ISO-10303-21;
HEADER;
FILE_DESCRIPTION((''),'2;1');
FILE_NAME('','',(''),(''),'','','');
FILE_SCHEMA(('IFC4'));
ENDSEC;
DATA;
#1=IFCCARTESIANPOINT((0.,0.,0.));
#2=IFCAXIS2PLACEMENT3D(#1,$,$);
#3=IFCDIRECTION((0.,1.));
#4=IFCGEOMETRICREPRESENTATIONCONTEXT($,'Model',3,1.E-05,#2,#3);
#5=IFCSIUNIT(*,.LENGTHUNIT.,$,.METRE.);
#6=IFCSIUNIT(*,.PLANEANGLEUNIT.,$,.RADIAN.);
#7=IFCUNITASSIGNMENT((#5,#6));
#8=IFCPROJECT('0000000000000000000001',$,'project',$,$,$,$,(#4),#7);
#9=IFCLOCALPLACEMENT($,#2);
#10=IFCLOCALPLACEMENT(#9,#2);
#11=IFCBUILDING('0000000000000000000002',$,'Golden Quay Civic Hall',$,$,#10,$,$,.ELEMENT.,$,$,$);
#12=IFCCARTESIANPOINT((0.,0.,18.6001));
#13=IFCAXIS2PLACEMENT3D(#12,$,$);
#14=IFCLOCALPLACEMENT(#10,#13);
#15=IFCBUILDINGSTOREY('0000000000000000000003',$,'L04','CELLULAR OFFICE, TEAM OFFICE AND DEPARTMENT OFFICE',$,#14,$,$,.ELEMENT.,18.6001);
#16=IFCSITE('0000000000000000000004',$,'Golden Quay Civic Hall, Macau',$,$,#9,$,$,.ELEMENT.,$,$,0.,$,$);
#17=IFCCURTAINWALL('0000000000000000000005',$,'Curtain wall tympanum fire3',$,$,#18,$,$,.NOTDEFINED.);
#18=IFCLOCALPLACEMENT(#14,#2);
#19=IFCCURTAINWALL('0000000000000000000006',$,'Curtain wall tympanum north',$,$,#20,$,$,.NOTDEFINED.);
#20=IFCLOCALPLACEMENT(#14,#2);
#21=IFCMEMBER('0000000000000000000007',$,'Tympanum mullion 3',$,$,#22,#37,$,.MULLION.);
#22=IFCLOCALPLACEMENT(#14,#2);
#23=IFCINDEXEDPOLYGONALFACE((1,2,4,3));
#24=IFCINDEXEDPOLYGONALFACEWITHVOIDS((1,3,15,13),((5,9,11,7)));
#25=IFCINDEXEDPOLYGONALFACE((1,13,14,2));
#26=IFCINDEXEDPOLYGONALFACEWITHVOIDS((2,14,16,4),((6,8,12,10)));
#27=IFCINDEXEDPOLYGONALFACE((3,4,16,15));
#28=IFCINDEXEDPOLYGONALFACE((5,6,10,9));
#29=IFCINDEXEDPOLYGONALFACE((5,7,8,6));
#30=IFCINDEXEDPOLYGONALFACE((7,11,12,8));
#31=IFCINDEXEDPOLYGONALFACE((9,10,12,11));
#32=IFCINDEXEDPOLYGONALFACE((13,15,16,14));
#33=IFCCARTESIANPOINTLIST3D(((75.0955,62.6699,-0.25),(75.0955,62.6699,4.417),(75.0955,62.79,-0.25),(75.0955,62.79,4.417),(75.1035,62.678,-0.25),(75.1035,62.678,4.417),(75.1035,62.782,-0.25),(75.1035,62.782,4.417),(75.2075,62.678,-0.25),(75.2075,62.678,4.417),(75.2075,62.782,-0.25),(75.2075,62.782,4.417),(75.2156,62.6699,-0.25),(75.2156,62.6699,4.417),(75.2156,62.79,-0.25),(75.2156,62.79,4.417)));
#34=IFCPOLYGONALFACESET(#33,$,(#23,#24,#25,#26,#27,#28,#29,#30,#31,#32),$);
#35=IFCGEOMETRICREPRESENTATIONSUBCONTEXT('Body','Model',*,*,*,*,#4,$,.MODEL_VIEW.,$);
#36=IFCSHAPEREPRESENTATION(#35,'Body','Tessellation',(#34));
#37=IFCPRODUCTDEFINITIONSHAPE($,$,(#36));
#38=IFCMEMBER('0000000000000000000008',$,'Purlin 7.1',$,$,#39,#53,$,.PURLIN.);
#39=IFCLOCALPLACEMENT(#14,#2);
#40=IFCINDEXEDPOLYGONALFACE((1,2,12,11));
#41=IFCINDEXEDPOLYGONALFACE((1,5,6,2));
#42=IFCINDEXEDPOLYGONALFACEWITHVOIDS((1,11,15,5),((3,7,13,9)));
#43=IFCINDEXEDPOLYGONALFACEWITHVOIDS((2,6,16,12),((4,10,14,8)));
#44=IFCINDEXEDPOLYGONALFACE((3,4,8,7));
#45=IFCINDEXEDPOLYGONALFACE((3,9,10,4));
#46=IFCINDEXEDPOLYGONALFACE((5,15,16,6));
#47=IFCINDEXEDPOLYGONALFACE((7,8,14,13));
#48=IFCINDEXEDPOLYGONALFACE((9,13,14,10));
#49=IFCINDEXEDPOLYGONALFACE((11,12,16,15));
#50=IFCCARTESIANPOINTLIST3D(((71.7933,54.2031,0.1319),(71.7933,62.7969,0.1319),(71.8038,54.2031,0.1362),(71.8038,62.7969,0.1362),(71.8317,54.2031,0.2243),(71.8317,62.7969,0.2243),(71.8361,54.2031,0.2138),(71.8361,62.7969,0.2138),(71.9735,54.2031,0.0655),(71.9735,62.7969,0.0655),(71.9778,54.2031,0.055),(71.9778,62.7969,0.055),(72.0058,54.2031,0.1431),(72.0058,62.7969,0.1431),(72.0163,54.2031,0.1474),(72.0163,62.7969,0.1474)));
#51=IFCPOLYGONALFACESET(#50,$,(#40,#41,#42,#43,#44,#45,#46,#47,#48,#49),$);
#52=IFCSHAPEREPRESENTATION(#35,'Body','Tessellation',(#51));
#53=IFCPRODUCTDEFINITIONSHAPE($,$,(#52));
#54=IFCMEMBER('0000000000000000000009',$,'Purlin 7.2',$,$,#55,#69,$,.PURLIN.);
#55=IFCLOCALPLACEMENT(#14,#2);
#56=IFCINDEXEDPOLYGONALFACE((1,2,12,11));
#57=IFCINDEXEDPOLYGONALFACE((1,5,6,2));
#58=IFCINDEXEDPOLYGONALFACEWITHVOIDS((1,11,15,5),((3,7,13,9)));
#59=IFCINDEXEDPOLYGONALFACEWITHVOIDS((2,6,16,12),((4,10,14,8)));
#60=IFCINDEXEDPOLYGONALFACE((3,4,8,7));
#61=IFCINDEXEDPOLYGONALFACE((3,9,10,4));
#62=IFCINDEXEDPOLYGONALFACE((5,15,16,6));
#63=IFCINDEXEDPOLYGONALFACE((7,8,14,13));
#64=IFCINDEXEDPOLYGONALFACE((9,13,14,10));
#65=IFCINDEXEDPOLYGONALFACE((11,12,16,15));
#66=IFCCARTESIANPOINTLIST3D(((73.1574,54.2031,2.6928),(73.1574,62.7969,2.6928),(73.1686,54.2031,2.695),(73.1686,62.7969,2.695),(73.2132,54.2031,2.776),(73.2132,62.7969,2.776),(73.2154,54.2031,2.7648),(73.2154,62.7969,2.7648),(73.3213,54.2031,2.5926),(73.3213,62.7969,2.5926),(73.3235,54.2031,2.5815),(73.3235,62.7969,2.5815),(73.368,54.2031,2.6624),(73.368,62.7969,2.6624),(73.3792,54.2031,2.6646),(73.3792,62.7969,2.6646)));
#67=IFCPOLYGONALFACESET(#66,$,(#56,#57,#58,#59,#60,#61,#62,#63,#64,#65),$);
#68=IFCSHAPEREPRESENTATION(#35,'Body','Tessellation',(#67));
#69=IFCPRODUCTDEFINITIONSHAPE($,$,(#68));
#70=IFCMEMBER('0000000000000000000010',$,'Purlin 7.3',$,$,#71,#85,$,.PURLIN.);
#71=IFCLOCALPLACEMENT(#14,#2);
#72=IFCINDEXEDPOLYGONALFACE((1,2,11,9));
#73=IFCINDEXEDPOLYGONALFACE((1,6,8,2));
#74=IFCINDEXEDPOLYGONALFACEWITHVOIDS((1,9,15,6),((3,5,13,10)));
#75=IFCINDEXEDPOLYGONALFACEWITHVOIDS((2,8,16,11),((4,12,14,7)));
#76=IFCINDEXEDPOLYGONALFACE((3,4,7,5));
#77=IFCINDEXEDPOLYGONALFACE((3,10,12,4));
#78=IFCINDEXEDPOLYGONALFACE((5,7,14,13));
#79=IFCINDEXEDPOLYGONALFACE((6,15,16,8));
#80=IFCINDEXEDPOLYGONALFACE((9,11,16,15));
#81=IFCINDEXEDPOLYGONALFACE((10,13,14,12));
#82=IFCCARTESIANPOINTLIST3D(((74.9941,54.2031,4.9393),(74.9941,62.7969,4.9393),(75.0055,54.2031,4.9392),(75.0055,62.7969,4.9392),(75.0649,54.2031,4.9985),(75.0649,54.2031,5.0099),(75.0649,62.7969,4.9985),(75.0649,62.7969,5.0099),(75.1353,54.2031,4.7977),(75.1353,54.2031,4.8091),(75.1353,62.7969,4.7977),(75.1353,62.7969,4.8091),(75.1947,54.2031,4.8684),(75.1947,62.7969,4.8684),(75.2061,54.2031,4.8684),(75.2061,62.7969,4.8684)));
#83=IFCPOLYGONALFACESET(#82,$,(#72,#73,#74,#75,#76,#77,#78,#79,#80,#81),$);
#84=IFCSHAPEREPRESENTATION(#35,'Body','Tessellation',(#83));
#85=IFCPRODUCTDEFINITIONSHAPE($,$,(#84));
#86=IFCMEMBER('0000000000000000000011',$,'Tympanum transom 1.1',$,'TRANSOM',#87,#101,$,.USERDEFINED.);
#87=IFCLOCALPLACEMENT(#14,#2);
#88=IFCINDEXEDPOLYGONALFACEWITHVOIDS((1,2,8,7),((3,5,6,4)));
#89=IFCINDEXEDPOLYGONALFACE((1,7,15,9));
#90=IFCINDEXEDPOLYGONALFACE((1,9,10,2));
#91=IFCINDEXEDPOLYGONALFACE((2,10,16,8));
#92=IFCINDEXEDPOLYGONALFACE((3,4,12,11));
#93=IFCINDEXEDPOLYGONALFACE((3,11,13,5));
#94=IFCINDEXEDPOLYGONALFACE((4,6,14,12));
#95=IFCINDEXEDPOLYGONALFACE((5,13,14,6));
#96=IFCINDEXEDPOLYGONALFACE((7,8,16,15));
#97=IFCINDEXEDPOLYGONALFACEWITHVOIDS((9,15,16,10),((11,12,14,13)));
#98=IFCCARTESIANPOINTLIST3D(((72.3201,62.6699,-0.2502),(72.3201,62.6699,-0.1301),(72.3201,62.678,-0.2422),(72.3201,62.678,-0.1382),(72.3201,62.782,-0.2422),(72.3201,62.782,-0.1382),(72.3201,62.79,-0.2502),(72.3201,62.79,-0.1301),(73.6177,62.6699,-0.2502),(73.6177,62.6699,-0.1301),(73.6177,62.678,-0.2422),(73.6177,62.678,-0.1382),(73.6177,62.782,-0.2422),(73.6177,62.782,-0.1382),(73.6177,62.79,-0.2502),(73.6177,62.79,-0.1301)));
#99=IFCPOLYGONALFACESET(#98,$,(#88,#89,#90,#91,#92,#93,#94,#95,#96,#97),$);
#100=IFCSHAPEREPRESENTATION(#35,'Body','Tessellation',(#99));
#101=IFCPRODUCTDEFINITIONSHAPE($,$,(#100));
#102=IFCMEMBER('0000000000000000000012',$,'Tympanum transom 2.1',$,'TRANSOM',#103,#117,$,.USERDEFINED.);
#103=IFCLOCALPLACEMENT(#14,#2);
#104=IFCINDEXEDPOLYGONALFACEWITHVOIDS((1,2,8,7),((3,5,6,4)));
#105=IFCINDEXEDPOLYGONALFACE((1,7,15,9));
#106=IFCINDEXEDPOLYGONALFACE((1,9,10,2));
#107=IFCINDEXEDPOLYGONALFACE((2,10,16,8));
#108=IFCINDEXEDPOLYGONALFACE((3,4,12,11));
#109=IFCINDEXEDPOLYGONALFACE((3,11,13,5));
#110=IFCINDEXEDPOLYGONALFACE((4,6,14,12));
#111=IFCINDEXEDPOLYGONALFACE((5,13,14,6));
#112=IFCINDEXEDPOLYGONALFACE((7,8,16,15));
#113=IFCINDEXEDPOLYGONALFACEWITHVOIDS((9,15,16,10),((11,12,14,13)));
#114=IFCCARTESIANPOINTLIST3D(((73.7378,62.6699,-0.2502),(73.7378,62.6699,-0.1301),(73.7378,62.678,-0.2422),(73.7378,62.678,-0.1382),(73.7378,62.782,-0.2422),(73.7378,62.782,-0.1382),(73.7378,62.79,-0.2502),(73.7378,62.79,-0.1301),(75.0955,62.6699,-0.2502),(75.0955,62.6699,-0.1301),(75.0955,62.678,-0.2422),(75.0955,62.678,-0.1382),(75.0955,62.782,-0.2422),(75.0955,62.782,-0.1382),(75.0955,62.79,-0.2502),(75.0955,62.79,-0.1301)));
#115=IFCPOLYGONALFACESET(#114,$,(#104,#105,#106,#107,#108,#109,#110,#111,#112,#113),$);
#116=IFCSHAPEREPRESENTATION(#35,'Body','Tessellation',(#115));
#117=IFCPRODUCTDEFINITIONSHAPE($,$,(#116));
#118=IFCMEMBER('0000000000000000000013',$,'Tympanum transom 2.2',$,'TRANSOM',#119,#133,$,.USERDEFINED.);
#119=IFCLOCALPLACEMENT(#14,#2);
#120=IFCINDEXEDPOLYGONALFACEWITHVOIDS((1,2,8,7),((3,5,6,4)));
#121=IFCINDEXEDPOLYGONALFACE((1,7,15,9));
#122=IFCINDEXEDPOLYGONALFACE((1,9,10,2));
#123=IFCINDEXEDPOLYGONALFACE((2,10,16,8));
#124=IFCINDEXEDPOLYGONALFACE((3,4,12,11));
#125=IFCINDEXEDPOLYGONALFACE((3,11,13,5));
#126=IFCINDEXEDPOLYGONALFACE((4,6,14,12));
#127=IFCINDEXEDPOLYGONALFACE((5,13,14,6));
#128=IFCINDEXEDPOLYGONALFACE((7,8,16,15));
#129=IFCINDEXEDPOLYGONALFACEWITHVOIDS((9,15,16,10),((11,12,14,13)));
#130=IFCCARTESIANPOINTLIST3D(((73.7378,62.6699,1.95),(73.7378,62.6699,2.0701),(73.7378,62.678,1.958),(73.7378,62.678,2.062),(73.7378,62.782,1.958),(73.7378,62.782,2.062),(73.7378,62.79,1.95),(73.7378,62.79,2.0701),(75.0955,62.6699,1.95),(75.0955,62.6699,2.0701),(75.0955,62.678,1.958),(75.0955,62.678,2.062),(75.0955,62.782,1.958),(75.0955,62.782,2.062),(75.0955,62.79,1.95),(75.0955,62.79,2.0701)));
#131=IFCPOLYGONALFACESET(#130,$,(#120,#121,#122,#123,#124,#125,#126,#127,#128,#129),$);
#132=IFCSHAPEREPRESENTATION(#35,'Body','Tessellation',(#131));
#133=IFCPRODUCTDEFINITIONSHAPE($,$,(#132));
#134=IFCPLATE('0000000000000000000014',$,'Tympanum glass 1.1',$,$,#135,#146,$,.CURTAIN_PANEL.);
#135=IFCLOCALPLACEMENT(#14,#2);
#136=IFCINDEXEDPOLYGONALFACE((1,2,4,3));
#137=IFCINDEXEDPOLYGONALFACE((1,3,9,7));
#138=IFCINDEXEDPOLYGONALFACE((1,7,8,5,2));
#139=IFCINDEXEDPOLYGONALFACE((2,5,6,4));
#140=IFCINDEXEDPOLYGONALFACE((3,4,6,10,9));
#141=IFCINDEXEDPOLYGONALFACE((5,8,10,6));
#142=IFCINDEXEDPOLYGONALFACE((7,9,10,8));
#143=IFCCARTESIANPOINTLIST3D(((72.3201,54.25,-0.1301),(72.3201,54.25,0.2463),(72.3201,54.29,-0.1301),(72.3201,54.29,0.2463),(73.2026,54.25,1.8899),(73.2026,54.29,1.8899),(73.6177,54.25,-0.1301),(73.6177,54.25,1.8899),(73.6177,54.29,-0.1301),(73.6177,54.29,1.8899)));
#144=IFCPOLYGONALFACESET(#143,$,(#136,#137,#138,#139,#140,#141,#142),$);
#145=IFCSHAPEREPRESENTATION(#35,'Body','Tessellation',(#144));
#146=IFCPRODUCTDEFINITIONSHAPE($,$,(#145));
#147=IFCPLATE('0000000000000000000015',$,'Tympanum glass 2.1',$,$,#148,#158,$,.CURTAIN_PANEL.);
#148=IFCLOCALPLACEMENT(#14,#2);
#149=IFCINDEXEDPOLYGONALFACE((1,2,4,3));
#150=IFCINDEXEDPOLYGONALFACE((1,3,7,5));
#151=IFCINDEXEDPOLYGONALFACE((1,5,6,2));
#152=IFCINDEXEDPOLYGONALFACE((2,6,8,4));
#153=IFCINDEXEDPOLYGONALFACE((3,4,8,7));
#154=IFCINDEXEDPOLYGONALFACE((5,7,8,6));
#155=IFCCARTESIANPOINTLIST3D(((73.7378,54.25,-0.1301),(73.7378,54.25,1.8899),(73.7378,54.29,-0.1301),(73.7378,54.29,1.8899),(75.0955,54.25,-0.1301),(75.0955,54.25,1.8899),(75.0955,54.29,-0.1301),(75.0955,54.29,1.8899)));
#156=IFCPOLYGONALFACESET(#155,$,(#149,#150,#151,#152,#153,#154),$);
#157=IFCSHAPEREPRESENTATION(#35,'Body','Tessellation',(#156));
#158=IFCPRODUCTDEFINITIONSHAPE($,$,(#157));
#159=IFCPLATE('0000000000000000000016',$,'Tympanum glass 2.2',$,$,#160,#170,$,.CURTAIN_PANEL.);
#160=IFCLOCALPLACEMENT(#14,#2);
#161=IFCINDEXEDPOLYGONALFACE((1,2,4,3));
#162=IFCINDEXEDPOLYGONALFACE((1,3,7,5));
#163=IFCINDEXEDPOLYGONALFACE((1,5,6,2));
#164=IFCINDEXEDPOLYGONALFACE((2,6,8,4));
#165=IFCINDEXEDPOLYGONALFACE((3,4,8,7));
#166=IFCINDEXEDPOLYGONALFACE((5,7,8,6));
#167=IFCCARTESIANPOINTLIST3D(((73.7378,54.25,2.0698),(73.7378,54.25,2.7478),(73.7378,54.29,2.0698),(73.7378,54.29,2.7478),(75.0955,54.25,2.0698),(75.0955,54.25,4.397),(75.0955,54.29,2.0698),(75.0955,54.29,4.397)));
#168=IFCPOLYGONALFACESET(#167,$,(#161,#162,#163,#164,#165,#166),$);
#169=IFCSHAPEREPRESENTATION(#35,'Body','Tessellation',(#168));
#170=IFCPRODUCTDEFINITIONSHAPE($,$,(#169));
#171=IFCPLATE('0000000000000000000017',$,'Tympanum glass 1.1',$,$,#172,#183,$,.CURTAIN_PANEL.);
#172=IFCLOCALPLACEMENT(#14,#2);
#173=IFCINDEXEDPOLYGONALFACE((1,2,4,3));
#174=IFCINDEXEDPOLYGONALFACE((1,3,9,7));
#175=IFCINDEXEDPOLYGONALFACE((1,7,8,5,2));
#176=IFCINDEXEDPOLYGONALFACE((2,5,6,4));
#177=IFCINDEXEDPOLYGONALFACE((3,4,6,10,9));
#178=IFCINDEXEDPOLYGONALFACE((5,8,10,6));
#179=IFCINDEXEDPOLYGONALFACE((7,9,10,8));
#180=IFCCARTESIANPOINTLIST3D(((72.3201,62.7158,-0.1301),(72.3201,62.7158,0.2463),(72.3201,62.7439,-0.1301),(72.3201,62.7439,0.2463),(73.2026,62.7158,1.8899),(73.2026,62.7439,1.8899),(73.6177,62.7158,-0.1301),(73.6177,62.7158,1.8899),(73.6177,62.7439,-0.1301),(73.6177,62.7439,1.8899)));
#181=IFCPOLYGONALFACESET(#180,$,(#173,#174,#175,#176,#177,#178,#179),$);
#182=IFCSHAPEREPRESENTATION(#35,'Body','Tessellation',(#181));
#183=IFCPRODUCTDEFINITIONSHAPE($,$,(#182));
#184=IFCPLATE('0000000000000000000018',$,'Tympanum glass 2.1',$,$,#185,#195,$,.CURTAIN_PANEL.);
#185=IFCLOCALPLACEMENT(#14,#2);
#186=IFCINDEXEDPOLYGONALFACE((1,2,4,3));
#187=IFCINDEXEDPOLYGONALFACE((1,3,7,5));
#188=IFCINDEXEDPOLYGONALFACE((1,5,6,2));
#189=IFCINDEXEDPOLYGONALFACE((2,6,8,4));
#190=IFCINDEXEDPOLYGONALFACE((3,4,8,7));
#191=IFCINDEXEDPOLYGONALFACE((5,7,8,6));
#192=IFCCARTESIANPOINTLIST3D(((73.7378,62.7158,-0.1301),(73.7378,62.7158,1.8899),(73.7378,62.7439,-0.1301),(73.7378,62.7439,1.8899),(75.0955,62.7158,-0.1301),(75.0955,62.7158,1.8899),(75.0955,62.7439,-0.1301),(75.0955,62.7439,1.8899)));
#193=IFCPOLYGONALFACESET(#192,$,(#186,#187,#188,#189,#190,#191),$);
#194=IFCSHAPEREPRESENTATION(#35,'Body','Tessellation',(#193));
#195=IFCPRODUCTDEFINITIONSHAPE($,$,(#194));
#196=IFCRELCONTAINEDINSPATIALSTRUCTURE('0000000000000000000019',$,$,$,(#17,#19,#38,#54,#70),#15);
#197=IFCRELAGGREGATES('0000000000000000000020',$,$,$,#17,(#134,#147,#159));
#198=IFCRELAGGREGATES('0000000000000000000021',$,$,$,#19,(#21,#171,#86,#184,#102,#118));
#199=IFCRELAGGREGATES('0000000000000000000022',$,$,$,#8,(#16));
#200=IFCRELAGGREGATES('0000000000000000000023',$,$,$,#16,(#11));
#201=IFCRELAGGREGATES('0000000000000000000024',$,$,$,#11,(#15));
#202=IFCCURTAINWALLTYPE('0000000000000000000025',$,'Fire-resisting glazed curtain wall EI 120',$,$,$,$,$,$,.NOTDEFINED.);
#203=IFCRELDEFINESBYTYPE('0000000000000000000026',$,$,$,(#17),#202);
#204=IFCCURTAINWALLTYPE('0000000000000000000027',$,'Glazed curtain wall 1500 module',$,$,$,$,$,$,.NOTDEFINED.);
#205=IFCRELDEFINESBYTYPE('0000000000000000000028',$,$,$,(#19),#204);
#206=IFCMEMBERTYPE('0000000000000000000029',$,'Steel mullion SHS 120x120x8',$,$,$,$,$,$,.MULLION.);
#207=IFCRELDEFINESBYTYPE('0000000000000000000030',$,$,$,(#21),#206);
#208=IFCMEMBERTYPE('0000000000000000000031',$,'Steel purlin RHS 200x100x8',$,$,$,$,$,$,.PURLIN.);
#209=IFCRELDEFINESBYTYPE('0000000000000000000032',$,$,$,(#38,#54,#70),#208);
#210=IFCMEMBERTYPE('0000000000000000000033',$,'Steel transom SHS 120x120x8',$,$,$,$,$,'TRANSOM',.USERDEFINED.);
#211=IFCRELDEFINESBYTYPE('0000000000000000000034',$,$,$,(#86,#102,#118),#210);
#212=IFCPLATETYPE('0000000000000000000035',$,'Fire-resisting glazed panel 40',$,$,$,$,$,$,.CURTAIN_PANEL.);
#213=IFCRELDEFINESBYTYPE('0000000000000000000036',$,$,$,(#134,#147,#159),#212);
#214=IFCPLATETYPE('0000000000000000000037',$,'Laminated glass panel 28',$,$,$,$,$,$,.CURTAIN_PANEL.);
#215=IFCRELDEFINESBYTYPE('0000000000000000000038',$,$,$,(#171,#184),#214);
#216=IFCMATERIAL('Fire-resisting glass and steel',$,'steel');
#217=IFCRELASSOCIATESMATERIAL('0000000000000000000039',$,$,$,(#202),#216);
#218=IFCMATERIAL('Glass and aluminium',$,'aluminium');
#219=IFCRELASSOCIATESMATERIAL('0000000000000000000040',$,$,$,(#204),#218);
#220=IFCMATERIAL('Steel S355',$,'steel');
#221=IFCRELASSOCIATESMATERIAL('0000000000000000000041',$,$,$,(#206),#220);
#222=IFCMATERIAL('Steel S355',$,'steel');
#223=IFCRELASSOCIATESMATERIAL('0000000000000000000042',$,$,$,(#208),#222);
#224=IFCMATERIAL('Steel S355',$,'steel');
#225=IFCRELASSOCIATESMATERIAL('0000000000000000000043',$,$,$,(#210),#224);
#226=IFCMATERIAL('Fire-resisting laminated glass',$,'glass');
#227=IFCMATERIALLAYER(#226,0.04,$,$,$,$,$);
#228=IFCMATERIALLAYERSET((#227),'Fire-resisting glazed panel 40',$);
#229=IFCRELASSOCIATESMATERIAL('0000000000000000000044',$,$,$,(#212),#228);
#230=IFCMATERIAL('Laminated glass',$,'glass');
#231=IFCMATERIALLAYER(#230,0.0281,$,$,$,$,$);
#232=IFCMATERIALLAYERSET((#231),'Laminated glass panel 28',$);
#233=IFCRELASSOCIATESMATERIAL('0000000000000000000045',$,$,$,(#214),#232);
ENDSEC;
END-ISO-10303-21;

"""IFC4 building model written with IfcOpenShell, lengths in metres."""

from ifc_helpers import new_model, si_unit, direction, frame, origin, origin_2d, place, context, subcontext, project, spatial, polyline, hollow_rectangle, outline, extrude, material, layer, layer_set, material_profile, profile_set, type_object, element, aggregate, save


model = new_model("IFC4")

# Units and contexts
model_context = context("Model", 3, precision=1e-05, world=origin(), true_north=direction((0.0, 1.0)))
body_context = subcontext(model_context, "Body", "Model", "MODEL_VIEW")
ifc_project = project(units=[si_unit("LENGTHUNIT", "METRE"), si_unit("PLANEANGLEUNIT", "RADIAN")], contexts=[model_context])

# Site, building, storey
site_placement = place(None, origin())
site = spatial("IfcSite", under=ifc_project, at=site_placement, Name="Golden Quay Civic Hall, Macau", CompositionType="ELEMENT", RefElevation=0.0)
building_placement = place(site_placement, origin())
building = spatial("IfcBuilding", under=site, at=building_placement, Name="Golden Quay Civic Hall", CompositionType="ELEMENT")
storey_placement = place(building_placement, frame((0.0, 0.0, 18.6001)))
storey = spatial("IfcBuildingStorey", under=building, at=storey_placement, Name="L04", Description="CELLULAR OFFICE, TEAM OFFICE AND DEPARTMENT OFFICE", CompositionType="ELEMENT", Elevation=18.6001)

# Curtain walls, member
ifc_material_1 = material(Name="Fire-resisting glass and steel", Category="steel")
curtain_wall_type_1 = type_object("IfcCurtainWallType", Name="Fire-resisting glazed curtain wall EI 120", PredefinedType="NOTDEFINED", material=ifc_material_1)
curtain_wall_1_placement = place(storey_placement, origin())
curtain_wall_1 = element("IfcCurtainWall", 1, at=curtain_wall_1_placement, inside=storey, type_object=curtain_wall_type_1, Name="Curtain wall tympanum fire3", PredefinedType="NOTDEFINED")
ifc_material_2 = material(Name="Glass and aluminium", Category="aluminium")
curtain_wall_type_2 = type_object("IfcCurtainWallType", Name="Glazed curtain wall 1500 module", PredefinedType="NOTDEFINED", material=ifc_material_2)
curtain_wall_2_placement = place(storey_placement, origin())
curtain_wall_2 = element("IfcCurtainWall", 2, at=curtain_wall_2_placement, inside=storey, type_object=curtain_wall_type_2, Name="Curtain wall tympanum north", PredefinedType="NOTDEFINED")
ifc_material_3 = material(Name="Steel S355", Category="steel")
ifc_material_profile_1 = material_profile(ifc_material_3, hollow_rectangle(XDim=0.1201, YDim=0.1201, WallThickness=0.0081, at=origin_2d()), Name="SHS 120x120x8")
ifc_profile_set_1 = profile_set([ifc_material_profile_1], Name="Steel S355")
member_type_1 = type_object("IfcMemberType", Name="Steel mullion SHS 120x120x8", PredefinedType="MULLION", material=ifc_profile_set_1)
member_1_placement = place(storey_placement, frame((75.1555, 62.73, -0.25), z_axis=(0.0, 0.0, 1.0), x_axis=(0.0, 1.0, 0.0)))
member_1 = element("IfcMember", 3, at=member_1_placement, type_object=member_type_1, Name="Tympanum mullion 3", PredefinedType="MULLION", context=body_context, shape_type="SweptSolid", body=[
    extrude(hollow_rectangle(XDim=0.1201, YDim=0.1201, WallThickness=0.0081, at=origin_2d()), origin(), (0.0, 0.0, 1.0), 4.667),
])

# Members
ifc_material_4 = material(Name="Steel S355", Category="steel")
ifc_material_profile_2 = material_profile(ifc_material_4, hollow_rectangle(XDim=0.1001, YDim=0.2, WallThickness=0.0081, at=origin_2d()), Name="RHS 200x100x8")
ifc_profile_set_2 = profile_set([ifc_material_profile_2], Name="Steel S355")
member_type_2 = type_object("IfcMemberType", Name="Steel purlin RHS 200x100x8", PredefinedType="PURLIN", material=ifc_profile_set_2)
for number, where, z_axis, x_axis, name in (
    (4, (71.9048, 54.2031, 0.1396), (0.0, 1.0, 0.0), (-0.384615, 0.0, -0.923077), "Purlin 7.1"),
    (5, (73.2683, 54.2031, 2.6787), (0.0, 1.0, 0.0), (-0.557019, 0.0, -0.8305), "Purlin 7.2"),
    (6, (75.1001, 54.2031, 4.9038), (0.0, 1.0, 0.0), (-0.708092, 0.0, -0.70612), "Purlin 7.3"),
):
    element("IfcMember", number, at=place(storey_placement, frame(where, z_axis=z_axis, x_axis=x_axis)), inside=storey, type_object=member_type_2, Name=name, PredefinedType="PURLIN", context=body_context, shape_type="SweptSolid", body=[
        extrude(hollow_rectangle(XDim=0.1001, YDim=0.2, WallThickness=0.0081, at=origin_2d()), origin(), (0.0, 0.0, 1.0), 8.5938),
    ])

# Members
ifc_material_5 = material(Name="Steel S355", Category="steel")
ifc_material_profile_3 = material_profile(ifc_material_5, hollow_rectangle(XDim=0.1201, YDim=0.1201, WallThickness=0.0081, at=origin_2d()), Name="SHS 120x120x8")
ifc_profile_set_3 = profile_set([ifc_material_profile_3], Name="Steel S355")
member_type_3 = type_object("IfcMemberType", Name="Steel transom SHS 120x120x8", ElementType="TRANSOM", PredefinedType="USERDEFINED", material=ifc_profile_set_3)
member_2_placement = place(storey_placement, frame((72.3201, 62.73, -0.1902), z_axis=(1.0, 0.0, 0.0), x_axis=(0.0, 1.0, 0.0)))
member_2 = element("IfcMember", 7, at=member_2_placement, type_object=member_type_3, Name="Tympanum transom 1.1", ObjectType="TRANSOM", PredefinedType="USERDEFINED", context=body_context, shape_type="SweptSolid", body=[
    extrude(hollow_rectangle(XDim=0.1201, YDim=0.1201, WallThickness=0.0081, at=origin_2d()), origin(), (0.0, 0.0, 1.0), 1.2976),
])
member_3_placement = place(storey_placement, frame((73.7378, 62.73, -0.1902), z_axis=(1.0, 0.0, 0.0), x_axis=(0.0, 1.0, 0.0)))
member_3 = element("IfcMember", 8, at=member_3_placement, type_object=member_type_3, Name="Tympanum transom 2.1", ObjectType="TRANSOM", PredefinedType="USERDEFINED", context=body_context, shape_type="SweptSolid", body=[
    extrude(hollow_rectangle(XDim=0.1201, YDim=0.1201, WallThickness=0.0081, at=origin_2d()), origin(), (0.0, 0.0, 1.0), 1.3577),
])
member_4_placement = place(storey_placement, frame((73.7378, 62.73, 2.01), z_axis=(1.0, 0.0, 0.0), x_axis=(0.0, 1.0, 0.0)))
member_4 = element("IfcMember", 9, at=member_4_placement, type_object=member_type_3, Name="Tympanum transom 2.2", ObjectType="TRANSOM", PredefinedType="USERDEFINED", context=body_context, shape_type="SweptSolid", body=[
    extrude(hollow_rectangle(XDim=0.1201, YDim=0.1201, WallThickness=0.0081, at=origin_2d()), origin(), (0.0, 0.0, 1.0), 1.3577),
])

# Plates
ifc_material_6 = material(Name="Fire-resisting laminated glass", Category="glass")
ifc_layer_1 = layer(ifc_material_6, 0.04)
ifc_layer_set_1 = layer_set([ifc_layer_1], Name="Fire-resisting glazed panel 40")
plate_type_1 = type_object("IfcPlateType", Name="Fire-resisting glazed panel 40", PredefinedType="CURTAIN_PANEL", material=ifc_layer_set_1)
plate_1_placement = place(storey_placement, frame((73.6177, 54.29, -0.1301), z_axis=(0.0, 1.0, 0.0), x_axis=(-1.0, 0.0, 0.0)))
plate_1 = element("IfcPlate", 10, at=plate_1_placement, type_object=plate_type_1, Name="Tympanum glass 1.1", PredefinedType="CURTAIN_PANEL", context=body_context, shape_type="SweptSolid", body=[
    extrude(outline(polyline([(0.0, 0.0), (1.2976, 0.0), (1.2976, 0.3765), (0.415, 2.02), (0.0, 2.02), (0.0, 0.0)])), origin(), (0.0, 0.0, -1.0), 0.04),
])
plate_2_placement = place(storey_placement, frame((75.0955, 54.29, -0.1301), z_axis=(0.0, 1.0, 0.0), x_axis=(-1.0, 0.0, 0.0)))
plate_2 = element("IfcPlate", 11, at=plate_2_placement, type_object=plate_type_1, Name="Tympanum glass 2.1", PredefinedType="CURTAIN_PANEL", context=body_context, shape_type="SweptSolid", body=[
    extrude(outline(polyline([(0.0, 0.0), (1.3577, 0.0), (1.3577, 2.02), (0.0, 2.02), (0.0, 0.0)])), origin(), (0.0, 0.0, -1.0), 0.04),
])
plate_3_placement = place(storey_placement, frame((75.0955, 54.29, 2.0698), z_axis=(0.0, 1.0, 0.0), x_axis=(-1.0, 0.0, 0.0)))
plate_3 = element("IfcPlate", 12, at=plate_3_placement, type_object=plate_type_1, Name="Tympanum glass 2.2", PredefinedType="CURTAIN_PANEL", context=body_context, shape_type="SweptSolid", body=[
    extrude(outline(polyline([(0.0, 0.0), (1.3577, 0.0), (1.3577, 0.678), (0.0, 2.3271), (0.0, 0.0)])), origin(), (0.0, 0.0, -1.0), 0.04),
])
aggregate(curtain_wall_1, [plate_1, plate_2, plate_3])
ifc_material_7 = material(Name="Laminated glass", Category="glass")
ifc_layer_2 = layer(ifc_material_7, 0.0281)
ifc_layer_set_2 = layer_set([ifc_layer_2], Name="Laminated glass panel 28")
plate_type_2 = type_object("IfcPlateType", Name="Laminated glass panel 28", PredefinedType="CURTAIN_PANEL", material=ifc_layer_set_2)
plate_4_placement = place(storey_placement, frame((73.6177, 62.7439, -0.1301), z_axis=(0.0, 1.0, 0.0), x_axis=(-1.0, 0.0, 0.0)))
plate_4 = element("IfcPlate", 13, at=plate_4_placement, type_object=plate_type_2, Name="Tympanum glass 1.1", PredefinedType="CURTAIN_PANEL", context=body_context, shape_type="SweptSolid", body=[
    extrude(outline(polyline([(0.0, 0.0), (1.2976, 0.0), (1.2976, 0.3765), (0.415, 2.02), (0.0, 2.02), (0.0, 0.0)])), origin(), (0.0, 0.0, -1.0), 0.0281),
])
plate_5_placement = place(storey_placement, frame((75.0955, 62.7439, -0.1301), z_axis=(0.0, 1.0, 0.0), x_axis=(-1.0, 0.0, 0.0)))
plate_5 = element("IfcPlate", 14, at=plate_5_placement, type_object=plate_type_2, Name="Tympanum glass 2.1", PredefinedType="CURTAIN_PANEL", context=body_context, shape_type="SweptSolid", body=[
    extrude(outline(polyline([(0.0, 0.0), (1.3577, 0.0), (1.3577, 2.02), (0.0, 2.02), (0.0, 0.0)])), origin(), (0.0, 0.0, -1.0), 0.0281),
])
aggregate(curtain_wall_2, [member_1, plate_4, member_2, plate_5, member_3, member_4])

save(model, "model.ifc")
